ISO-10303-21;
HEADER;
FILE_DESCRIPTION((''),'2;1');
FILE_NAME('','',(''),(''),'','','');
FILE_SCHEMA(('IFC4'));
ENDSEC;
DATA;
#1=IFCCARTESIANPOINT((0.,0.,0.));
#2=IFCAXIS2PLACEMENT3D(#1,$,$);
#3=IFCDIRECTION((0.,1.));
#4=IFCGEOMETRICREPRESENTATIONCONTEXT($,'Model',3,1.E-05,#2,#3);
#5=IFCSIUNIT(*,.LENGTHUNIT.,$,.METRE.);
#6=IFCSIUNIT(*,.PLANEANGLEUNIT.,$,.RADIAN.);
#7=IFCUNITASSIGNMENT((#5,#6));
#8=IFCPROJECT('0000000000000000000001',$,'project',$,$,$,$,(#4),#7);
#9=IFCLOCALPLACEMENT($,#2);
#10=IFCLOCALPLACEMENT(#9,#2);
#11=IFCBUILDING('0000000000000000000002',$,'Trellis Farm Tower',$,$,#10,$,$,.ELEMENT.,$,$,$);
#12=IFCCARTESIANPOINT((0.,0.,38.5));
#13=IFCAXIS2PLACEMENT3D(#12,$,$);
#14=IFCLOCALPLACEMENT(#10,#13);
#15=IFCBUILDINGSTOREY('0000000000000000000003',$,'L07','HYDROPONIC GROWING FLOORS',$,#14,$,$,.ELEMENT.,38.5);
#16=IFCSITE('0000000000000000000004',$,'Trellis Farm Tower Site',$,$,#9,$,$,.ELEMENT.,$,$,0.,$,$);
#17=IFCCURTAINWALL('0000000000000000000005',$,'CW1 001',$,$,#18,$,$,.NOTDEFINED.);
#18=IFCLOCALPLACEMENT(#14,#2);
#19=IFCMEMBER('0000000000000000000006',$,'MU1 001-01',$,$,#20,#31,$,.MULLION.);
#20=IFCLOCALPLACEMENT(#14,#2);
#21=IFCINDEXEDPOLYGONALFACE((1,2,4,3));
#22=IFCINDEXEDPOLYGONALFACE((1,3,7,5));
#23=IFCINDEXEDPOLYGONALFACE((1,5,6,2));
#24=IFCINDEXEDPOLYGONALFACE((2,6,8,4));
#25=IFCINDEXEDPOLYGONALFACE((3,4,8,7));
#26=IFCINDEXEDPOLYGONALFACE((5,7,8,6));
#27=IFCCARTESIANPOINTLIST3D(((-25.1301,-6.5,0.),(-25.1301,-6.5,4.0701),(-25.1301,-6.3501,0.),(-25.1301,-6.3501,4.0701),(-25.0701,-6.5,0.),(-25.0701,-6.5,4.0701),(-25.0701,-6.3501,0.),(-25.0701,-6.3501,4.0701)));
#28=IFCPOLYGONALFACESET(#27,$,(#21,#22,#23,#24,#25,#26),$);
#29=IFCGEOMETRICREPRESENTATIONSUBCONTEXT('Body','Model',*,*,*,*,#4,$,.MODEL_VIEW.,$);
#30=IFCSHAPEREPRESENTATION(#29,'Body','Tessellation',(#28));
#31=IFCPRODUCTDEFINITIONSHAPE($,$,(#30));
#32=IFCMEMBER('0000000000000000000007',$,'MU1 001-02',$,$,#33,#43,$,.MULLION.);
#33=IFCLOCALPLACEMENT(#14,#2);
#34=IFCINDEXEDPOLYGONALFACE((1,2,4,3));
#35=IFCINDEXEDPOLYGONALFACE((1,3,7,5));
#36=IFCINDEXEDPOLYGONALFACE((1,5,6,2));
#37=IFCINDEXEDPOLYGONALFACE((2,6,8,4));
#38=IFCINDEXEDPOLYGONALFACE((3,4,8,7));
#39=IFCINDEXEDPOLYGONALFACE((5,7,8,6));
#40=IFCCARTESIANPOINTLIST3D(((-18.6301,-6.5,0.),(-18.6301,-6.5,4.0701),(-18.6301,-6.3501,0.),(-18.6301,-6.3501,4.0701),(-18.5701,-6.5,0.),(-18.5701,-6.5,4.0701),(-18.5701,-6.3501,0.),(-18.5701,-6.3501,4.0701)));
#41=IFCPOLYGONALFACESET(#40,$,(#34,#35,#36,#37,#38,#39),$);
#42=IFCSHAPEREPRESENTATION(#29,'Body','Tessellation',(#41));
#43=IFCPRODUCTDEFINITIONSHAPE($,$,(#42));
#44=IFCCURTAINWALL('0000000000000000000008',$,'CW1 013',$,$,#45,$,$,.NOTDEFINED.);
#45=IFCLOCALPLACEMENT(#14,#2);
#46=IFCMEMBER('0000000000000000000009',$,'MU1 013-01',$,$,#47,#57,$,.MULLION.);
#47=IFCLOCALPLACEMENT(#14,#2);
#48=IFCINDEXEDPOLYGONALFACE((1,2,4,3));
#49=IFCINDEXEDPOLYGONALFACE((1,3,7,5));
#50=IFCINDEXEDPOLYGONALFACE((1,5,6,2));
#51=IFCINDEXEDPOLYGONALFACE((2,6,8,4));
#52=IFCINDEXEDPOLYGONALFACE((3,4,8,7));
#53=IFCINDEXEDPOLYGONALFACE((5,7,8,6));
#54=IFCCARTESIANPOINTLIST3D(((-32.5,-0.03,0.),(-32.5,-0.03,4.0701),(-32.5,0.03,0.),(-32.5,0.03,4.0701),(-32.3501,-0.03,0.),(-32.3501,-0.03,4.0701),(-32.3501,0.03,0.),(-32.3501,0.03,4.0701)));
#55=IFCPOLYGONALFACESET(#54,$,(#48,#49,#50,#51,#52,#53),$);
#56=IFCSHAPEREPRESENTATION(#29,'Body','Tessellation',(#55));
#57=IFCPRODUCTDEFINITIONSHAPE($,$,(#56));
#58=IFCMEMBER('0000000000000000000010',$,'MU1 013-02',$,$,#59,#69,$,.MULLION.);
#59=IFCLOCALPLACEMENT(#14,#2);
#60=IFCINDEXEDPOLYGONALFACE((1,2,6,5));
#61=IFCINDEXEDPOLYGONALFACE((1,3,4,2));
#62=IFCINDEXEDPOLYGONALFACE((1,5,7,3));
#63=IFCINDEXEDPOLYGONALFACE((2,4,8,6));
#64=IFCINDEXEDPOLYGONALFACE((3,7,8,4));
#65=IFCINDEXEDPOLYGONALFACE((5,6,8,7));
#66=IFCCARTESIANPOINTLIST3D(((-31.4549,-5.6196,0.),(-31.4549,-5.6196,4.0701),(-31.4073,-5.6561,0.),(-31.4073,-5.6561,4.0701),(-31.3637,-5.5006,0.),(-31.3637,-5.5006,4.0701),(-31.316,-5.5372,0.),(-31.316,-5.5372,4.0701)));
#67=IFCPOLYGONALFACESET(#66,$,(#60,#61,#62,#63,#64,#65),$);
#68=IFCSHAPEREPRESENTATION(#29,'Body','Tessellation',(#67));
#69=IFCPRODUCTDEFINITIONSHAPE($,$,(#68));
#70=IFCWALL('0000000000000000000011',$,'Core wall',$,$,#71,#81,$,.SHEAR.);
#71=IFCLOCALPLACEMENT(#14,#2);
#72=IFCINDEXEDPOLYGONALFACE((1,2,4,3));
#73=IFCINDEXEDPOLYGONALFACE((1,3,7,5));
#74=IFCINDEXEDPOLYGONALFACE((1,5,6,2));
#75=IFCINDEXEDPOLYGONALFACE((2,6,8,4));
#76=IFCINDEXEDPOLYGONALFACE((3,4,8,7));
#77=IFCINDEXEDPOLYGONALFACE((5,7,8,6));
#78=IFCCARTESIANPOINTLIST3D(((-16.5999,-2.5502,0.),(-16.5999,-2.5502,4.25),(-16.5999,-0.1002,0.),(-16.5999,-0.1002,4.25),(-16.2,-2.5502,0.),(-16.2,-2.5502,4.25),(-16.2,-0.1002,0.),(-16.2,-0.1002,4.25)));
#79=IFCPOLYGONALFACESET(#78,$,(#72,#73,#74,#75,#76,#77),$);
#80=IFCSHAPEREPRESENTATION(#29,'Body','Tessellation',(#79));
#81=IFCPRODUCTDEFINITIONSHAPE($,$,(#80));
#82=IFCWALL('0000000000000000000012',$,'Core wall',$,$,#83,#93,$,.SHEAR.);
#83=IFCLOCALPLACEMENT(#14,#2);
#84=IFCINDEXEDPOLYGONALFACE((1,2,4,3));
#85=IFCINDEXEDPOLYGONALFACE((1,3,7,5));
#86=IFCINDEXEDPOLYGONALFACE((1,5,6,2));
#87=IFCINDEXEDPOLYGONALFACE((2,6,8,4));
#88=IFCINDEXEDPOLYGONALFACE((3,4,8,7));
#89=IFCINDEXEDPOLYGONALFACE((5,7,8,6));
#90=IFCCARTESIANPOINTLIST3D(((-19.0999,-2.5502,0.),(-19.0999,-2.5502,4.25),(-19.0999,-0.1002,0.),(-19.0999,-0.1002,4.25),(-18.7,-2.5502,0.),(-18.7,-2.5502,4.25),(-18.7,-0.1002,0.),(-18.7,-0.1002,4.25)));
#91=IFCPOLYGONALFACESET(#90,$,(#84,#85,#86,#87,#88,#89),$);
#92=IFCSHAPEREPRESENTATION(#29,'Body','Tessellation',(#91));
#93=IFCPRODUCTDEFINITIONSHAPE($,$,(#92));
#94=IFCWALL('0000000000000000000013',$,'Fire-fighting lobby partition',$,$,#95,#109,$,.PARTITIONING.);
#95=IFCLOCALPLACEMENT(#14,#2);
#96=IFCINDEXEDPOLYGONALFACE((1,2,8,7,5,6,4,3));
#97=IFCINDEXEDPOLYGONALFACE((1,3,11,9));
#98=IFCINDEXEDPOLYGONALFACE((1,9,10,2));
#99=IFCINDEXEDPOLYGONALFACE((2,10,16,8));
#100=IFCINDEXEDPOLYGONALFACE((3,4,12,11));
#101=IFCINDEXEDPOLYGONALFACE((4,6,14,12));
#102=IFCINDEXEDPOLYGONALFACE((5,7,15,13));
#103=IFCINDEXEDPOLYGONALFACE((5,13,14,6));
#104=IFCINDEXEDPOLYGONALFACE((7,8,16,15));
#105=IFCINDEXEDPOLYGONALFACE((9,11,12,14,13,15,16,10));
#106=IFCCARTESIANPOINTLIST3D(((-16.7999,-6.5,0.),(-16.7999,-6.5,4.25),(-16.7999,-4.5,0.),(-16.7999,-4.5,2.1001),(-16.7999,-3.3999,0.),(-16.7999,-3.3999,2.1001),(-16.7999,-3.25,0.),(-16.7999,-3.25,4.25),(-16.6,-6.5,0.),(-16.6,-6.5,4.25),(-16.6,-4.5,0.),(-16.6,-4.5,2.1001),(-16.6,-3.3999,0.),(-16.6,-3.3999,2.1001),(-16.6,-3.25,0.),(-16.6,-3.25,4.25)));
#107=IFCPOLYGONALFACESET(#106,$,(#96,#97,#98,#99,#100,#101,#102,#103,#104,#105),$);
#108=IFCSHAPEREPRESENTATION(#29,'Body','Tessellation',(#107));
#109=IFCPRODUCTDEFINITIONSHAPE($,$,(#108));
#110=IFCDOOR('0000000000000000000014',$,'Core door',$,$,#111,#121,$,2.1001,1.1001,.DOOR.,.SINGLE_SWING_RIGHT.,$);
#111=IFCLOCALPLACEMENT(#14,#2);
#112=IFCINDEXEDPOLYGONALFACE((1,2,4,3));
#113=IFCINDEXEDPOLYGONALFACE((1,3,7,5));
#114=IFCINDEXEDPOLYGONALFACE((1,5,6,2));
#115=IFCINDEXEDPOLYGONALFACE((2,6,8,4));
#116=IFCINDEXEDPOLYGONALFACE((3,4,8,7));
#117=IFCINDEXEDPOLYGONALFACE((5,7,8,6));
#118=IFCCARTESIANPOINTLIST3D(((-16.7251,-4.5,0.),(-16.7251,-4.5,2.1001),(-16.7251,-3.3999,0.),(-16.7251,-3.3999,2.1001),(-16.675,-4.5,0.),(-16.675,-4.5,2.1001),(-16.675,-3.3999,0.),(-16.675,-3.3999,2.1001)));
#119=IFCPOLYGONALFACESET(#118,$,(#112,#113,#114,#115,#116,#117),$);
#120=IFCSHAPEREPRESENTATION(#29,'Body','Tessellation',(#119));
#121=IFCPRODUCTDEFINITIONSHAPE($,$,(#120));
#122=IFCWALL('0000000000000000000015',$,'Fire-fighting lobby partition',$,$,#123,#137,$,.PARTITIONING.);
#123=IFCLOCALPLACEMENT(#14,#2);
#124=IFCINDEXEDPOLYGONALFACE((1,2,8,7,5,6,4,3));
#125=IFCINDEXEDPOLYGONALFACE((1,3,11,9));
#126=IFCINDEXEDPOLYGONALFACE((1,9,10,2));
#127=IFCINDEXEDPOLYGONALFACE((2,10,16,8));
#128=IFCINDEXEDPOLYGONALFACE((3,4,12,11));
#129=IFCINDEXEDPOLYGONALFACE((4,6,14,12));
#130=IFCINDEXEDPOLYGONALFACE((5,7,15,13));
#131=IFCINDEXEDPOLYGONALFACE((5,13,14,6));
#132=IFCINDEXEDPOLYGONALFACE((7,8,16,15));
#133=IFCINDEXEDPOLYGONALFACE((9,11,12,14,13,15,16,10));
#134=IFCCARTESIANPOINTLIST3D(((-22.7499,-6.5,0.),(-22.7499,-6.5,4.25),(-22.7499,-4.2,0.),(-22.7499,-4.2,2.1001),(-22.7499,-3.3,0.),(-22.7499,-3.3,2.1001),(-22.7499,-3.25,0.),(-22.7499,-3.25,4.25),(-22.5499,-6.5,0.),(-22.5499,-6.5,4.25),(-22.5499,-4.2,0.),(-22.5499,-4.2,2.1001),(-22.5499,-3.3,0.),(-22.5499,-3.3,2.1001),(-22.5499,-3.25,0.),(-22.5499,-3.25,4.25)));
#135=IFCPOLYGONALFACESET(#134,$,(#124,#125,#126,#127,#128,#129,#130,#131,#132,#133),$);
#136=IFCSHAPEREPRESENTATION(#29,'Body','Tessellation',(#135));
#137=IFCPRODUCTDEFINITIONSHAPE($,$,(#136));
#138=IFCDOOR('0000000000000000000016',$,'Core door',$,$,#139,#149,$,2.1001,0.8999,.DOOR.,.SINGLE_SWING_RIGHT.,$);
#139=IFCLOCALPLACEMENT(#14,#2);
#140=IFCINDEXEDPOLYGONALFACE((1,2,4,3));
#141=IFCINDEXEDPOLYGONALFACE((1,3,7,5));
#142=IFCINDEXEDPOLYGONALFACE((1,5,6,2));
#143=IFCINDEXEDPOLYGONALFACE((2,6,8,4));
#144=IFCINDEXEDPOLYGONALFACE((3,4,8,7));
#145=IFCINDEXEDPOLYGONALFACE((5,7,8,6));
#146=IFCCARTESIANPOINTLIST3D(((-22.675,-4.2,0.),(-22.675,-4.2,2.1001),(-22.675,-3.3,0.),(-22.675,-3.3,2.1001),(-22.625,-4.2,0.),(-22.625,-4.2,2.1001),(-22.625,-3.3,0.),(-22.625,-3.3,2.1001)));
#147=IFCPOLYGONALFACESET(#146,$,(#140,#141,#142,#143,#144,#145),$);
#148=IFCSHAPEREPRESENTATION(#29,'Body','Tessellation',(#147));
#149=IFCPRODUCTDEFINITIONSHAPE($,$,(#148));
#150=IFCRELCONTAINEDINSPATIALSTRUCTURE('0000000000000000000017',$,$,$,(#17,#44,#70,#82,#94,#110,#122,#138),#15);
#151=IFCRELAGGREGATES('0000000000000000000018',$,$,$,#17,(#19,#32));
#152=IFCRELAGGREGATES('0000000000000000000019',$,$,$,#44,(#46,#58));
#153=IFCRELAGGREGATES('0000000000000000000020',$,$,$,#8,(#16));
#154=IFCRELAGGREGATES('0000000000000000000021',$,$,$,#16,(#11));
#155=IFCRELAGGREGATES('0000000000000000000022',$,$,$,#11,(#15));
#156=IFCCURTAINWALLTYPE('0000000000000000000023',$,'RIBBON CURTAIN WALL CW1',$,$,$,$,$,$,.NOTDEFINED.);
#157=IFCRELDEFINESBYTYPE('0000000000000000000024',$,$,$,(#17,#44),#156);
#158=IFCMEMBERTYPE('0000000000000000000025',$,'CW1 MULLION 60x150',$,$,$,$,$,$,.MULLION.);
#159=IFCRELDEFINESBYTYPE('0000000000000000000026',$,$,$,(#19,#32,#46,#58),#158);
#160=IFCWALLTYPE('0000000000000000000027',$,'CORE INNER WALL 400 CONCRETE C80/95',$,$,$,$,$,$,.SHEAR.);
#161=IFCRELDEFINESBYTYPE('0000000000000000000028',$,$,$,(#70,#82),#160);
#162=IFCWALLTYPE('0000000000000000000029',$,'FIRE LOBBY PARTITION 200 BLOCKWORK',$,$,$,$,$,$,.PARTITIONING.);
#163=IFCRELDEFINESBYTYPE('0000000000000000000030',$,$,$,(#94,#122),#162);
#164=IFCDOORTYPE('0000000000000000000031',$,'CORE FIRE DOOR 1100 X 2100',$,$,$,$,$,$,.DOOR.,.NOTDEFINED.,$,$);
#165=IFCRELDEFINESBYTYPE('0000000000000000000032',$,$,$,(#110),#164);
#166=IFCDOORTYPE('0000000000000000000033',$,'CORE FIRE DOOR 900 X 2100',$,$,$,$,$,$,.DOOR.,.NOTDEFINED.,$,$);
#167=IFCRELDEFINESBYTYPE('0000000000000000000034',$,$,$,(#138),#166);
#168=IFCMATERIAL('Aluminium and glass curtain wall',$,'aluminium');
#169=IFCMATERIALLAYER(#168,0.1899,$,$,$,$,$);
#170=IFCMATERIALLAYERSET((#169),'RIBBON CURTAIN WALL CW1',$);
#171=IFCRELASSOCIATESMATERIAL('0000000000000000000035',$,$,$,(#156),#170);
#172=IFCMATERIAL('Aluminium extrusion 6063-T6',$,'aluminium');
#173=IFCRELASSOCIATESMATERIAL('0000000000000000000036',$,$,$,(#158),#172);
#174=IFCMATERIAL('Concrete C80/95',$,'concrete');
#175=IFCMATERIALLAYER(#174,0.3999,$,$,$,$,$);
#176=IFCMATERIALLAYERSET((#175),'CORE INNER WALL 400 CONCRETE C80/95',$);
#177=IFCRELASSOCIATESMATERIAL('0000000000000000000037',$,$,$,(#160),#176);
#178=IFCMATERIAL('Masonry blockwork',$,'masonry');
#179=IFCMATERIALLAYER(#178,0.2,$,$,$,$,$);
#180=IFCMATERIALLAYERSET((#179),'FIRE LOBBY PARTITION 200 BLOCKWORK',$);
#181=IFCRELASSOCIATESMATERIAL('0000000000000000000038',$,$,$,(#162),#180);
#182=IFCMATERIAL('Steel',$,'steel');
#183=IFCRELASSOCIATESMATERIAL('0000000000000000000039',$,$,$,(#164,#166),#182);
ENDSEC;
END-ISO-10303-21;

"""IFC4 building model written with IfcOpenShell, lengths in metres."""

from ifc_helpers import new_model, si_unit, direction, frame, frame_2d, origin, origin_2d, place, context, subcontext, project, spatial, rectangle, extrude, source, transform, mapped, material, layer, layer_set, material_profile, profile_set, type_object, element, fill, aggregate, save


model = new_model("IFC4")

# Units and contexts
model_context = context("Model", 3, precision=1e-05, world=origin(), true_north=direction((0.0, 1.0)))
body_context = subcontext(model_context, "Body", "Model", "MODEL_VIEW")
ifc_project = project(units=[si_unit("LENGTHUNIT", "METRE"), si_unit("PLANEANGLEUNIT", "RADIAN")], contexts=[model_context])

# Site, building, storey
site_placement = place(None, origin())
site = spatial("IfcSite", under=ifc_project, at=site_placement, Name="Trellis Farm Tower Site", CompositionType="ELEMENT", RefElevation=0.0)
building_placement = place(site_placement, origin())
building = spatial("IfcBuilding", under=site, at=building_placement, Name="Trellis Farm Tower", CompositionType="ELEMENT")
storey_placement = place(building_placement, frame((0.0, 0.0, 38.5)))
storey = spatial("IfcBuildingStorey", under=building, at=storey_placement, Name="L07", Description="HYDROPONIC GROWING FLOORS", CompositionType="ELEMENT", Elevation=38.5)

# Shared definitions
ifc_material_1 = material(Name="Concrete C80/95", Category="concrete")

# Curtain walls, members
ifc_material_2 = material(Name="Aluminium and glass curtain wall", Category="aluminium")
ifc_layer_1 = layer(ifc_material_2, 0.1899)
ifc_layer_set_1 = layer_set([ifc_layer_1], Name="RIBBON CURTAIN WALL CW1")
curtain_wall_type = type_object("IfcCurtainWallType", Name="RIBBON CURTAIN WALL CW1", PredefinedType="NOTDEFINED", material=ifc_layer_set_1)
placement = place(storey_placement, origin())
curtain_wall_1 = element("IfcCurtainWall", 1, at=placement, inside=storey, type_object=curtain_wall_type, Name="CW1 001", PredefinedType="NOTDEFINED")
ifc_material_3 = material(Name="Aluminium extrusion 6063-T6", Category="aluminium")
ifc_material_profile_1 = material_profile(ifc_material_3, rectangle(XDim=0.0601, YDim=0.1499, at=origin_2d()), Name="MULLION 60x150")
ifc_profile_set_1 = profile_set([ifc_material_profile_1], Name="Aluminium extrusion 6063-T6")
member_type = type_object("IfcMemberType", Name="CW1 MULLION 60x150", PredefinedType="MULLION", material=ifc_profile_set_1)
shared_shape_1 = source(origin(), body_context, "Body", "SweptSolid", [
    extrude(rectangle(XDim=0.0601, YDim=0.1499, at=origin_2d()), origin(), (0.0, 0.0, 1.0), 4.0701),
])
member_1_placement = place(storey_placement, frame((-25.1001, -6.425, 0.0), z_axis=(0.0, 0.0, 1.0), x_axis=(1.0, 0.0, 0.0)))
member_1 = element("IfcMember", 2, at=member_1_placement, type_object=member_type, Name="MU1 001-01", PredefinedType="MULLION", context=body_context, shape_type="MappedRepresentation", body=[
    mapped(shared_shape_1, transform((0.0, 0.0, 0.0))),
])
member_2_placement = place(storey_placement, frame((-18.6001, -6.425, 0.0), z_axis=(0.0, 0.0, 1.0), x_axis=(1.0, 0.0, 0.0)))
member_2 = element("IfcMember", 3, at=member_2_placement, type_object=member_type, Name="MU1 001-02", PredefinedType="MULLION", context=body_context, shape_type="MappedRepresentation", body=[
    mapped(shared_shape_1, transform((0.0, 0.0, 0.0))),
])
aggregate(curtain_wall_1, [member_1, member_2])
curtain_wall_2 = element("IfcCurtainWall", 4, at=placement, inside=storey, type_object=curtain_wall_type, Name="CW1 013", PredefinedType="NOTDEFINED")
member_3_placement = place(storey_placement, frame((-32.425, 0.0, 0.0), z_axis=(0.0, 0.0, 1.0), x_axis=(0.0, -1.0, 0.0)))
member_3 = element("IfcMember", 5, at=member_3_placement, type_object=member_type, Name="MU1 013-01", PredefinedType="MULLION", context=body_context, shape_type="MappedRepresentation", body=[
    mapped(shared_shape_1, transform((0.0, 0.0, 0.0))),
])
member_4_placement = place(storey_placement, frame((-31.3855, -5.5784, 0.0), z_axis=(0.0, 0.0, 1.0), x_axis=(0.793353, -0.608761, 0.0)))
member_4 = element("IfcMember", 6, at=member_4_placement, type_object=member_type, Name="MU1 013-02", PredefinedType="MULLION", context=body_context, shape_type="MappedRepresentation", body=[
    mapped(shared_shape_1, transform((0.0, 0.0, 0.0))),
])
aggregate(curtain_wall_2, [member_3, member_4])

# Walls
ifc_layer_2 = layer(ifc_material_1, 0.3999)
ifc_layer_set_2 = layer_set([ifc_layer_2], Name="CORE INNER WALL 400 CONCRETE C80/95")
wall_type_1 = type_object("IfcWallType", Name="CORE INNER WALL 400 CONCRETE C80/95", PredefinedType="SHEAR", material=ifc_layer_set_2)
shared_shape_2 = source(origin(), body_context, "Body", "SweptSolid", [
    extrude(rectangle(XDim=2.45, YDim=0.3999, at=frame_2d((1.2251, 0.0))), origin(), (0.0, 0.0, 1.0), 4.25),
])
for number, where, z_axis, x_axis, name in (
    (7, (-16.3999, -0.1001, 0.0), (0.0, 0.0, 1.0), (0.0, -1.0, 0.0), "Core wall"),
    (8, (-18.8999, -0.1001, 0.0), (0.0, 0.0, 1.0), (0.0, -1.0, 0.0), "Core wall"),
):
    element("IfcWall", number, at=place(storey_placement, frame(where, z_axis=z_axis, x_axis=x_axis)), inside=storey, type_object=wall_type_1, Name=name, PredefinedType="SHEAR", context=body_context, shape_type="MappedRepresentation", body=[
        mapped(shared_shape_2, transform((0.0, 0.0, 0.0))),
    ])

# Walls, openings, doors
ifc_material_4 = material(Name="Masonry blockwork", Category="masonry")
ifc_layer_3 = layer(ifc_material_4, 0.2)
ifc_layer_set_3 = layer_set([ifc_layer_3], Name="FIRE LOBBY PARTITION 200 BLOCKWORK")
wall_type_2 = type_object("IfcWallType", Name="FIRE LOBBY PARTITION 200 BLOCKWORK", PredefinedType="PARTITIONING", material=ifc_layer_set_3)
shared_shape_3 = source(origin(), body_context, "Body", "SweptSolid", [
    extrude(rectangle(XDim=3.25, YDim=0.2, at=frame_2d((1.625, 0.0))), origin(), (0.0, 0.0, 1.0), 4.25),
])
wall_1_placement = place(storey_placement, frame((-16.7, -3.25, 0.0), z_axis=(0.0, 0.0, 1.0), x_axis=(0.0, -1.0, 0.0)))
wall_1 = element("IfcWall", 9, at=wall_1_placement, inside=storey, type_object=wall_type_2, Name="Fire-fighting lobby partition", PredefinedType="PARTITIONING", context=body_context, shape_type="MappedRepresentation", body=[
    mapped(shared_shape_3, transform((0.0, 0.0, 0.0))),
])
shared_shape_4 = source(origin(), body_context, "Body", "SweptSolid", [
    extrude(rectangle(XDim=1.1001, YDim=2.1001, at=frame_2d((0.55, 1.05))), frame((0.0, 0.1101, 0.0), z_axis=(0.0, -1.0, 0.0), x_axis=(1.0, 0.0, 0.0)), (0.0, 0.0, 1.0), 0.2202),
])
opening_1_placement = place(wall_1_placement, frame((0.1499, 0.0, 0.0)))
opening_1 = element("IfcOpeningElement", 10, at=opening_1_placement, cuts=wall_1, PredefinedType="OPENING", context=body_context, shape_type="MappedRepresentation", body=[
    mapped(shared_shape_4, transform((0.0, 0.0, 0.0))),
])
ifc_material_5 = material(Name="Steel", Category="steel")
door_type_1 = type_object("IfcDoorType", Name="CORE FIRE DOOR 1100 X 2100", OperationType="NOTDEFINED", PredefinedType="DOOR", material=ifc_material_5)
shared_shape_5 = source(origin(), body_context, "Body", "SweptSolid", [
    extrude(rectangle(XDim=1.1001, YDim=2.1001, at=frame_2d((0.55, 1.05))), frame((0.0, 0.0249, 0.0), z_axis=(0.0, -1.0, 0.0), x_axis=(1.0, 0.0, 0.0)), (0.0, 0.0, 1.0), 0.05),
])
door_1_placement = place(opening_1_placement, origin())
door_1 = element("IfcDoor", 11, at=door_1_placement, inside=storey, type_object=door_type_1, Name="Core door", OperationType="SINGLE_SWING_RIGHT", OverallHeight=2.1001, OverallWidth=1.1001, PredefinedType="DOOR", context=body_context, shape_type="MappedRepresentation", body=[
    mapped(shared_shape_5, transform((0.0, 0.0, 0.0))),
])
fill(opening_1, door_1)
wall_2_placement = place(storey_placement, frame((-22.6499, -3.25, 0.0), z_axis=(0.0, 0.0, 1.0), x_axis=(0.0, -1.0, 0.0)))
wall_2 = element("IfcWall", 12, at=wall_2_placement, inside=storey, type_object=wall_type_2, Name="Fire-fighting lobby partition", PredefinedType="PARTITIONING", context=body_context, shape_type="MappedRepresentation", body=[
    mapped(shared_shape_3, transform((0.0, 0.0, 0.0))),
])
shared_shape_6 = source(origin(), body_context, "Body", "SweptSolid", [
    extrude(rectangle(XDim=0.8999, YDim=2.1001, at=frame_2d((0.45, 1.05))), frame((0.0, 0.1101, 0.0), z_axis=(0.0, -1.0, 0.0), x_axis=(1.0, 0.0, 0.0)), (0.0, 0.0, 1.0), 0.2202),
])
opening_2_placement = place(wall_2_placement, frame((0.05, 0.0, 0.0)))
opening_2 = element("IfcOpeningElement", 13, at=opening_2_placement, cuts=wall_2, PredefinedType="OPENING", context=body_context, shape_type="MappedRepresentation", body=[
    mapped(shared_shape_6, transform((0.0, 0.0, 0.0))),
])
door_type_2 = type_object("IfcDoorType", Name="CORE FIRE DOOR 900 X 2100", OperationType="NOTDEFINED", PredefinedType="DOOR", material=ifc_material_5)
shared_shape_7 = source(origin(), body_context, "Body", "SweptSolid", [
    extrude(rectangle(XDim=0.8999, YDim=2.1001, at=frame_2d((0.45, 1.05))), frame((0.0, 0.0249, 0.0), z_axis=(0.0, -1.0, 0.0), x_axis=(1.0, 0.0, 0.0)), (0.0, 0.0, 1.0), 0.05),
])
door_2_placement = place(opening_2_placement, origin())
door_2 = element("IfcDoor", 14, at=door_2_placement, inside=storey, type_object=door_type_2, Name="Core door", OperationType="SINGLE_SWING_RIGHT", OverallHeight=2.1001, OverallWidth=0.8999, PredefinedType="DOOR", context=body_context, shape_type="MappedRepresentation", body=[
    mapped(shared_shape_7, transform((0.0, 0.0, 0.0))),
])
fill(opening_2, door_2)

save(model, "model.ifc")
